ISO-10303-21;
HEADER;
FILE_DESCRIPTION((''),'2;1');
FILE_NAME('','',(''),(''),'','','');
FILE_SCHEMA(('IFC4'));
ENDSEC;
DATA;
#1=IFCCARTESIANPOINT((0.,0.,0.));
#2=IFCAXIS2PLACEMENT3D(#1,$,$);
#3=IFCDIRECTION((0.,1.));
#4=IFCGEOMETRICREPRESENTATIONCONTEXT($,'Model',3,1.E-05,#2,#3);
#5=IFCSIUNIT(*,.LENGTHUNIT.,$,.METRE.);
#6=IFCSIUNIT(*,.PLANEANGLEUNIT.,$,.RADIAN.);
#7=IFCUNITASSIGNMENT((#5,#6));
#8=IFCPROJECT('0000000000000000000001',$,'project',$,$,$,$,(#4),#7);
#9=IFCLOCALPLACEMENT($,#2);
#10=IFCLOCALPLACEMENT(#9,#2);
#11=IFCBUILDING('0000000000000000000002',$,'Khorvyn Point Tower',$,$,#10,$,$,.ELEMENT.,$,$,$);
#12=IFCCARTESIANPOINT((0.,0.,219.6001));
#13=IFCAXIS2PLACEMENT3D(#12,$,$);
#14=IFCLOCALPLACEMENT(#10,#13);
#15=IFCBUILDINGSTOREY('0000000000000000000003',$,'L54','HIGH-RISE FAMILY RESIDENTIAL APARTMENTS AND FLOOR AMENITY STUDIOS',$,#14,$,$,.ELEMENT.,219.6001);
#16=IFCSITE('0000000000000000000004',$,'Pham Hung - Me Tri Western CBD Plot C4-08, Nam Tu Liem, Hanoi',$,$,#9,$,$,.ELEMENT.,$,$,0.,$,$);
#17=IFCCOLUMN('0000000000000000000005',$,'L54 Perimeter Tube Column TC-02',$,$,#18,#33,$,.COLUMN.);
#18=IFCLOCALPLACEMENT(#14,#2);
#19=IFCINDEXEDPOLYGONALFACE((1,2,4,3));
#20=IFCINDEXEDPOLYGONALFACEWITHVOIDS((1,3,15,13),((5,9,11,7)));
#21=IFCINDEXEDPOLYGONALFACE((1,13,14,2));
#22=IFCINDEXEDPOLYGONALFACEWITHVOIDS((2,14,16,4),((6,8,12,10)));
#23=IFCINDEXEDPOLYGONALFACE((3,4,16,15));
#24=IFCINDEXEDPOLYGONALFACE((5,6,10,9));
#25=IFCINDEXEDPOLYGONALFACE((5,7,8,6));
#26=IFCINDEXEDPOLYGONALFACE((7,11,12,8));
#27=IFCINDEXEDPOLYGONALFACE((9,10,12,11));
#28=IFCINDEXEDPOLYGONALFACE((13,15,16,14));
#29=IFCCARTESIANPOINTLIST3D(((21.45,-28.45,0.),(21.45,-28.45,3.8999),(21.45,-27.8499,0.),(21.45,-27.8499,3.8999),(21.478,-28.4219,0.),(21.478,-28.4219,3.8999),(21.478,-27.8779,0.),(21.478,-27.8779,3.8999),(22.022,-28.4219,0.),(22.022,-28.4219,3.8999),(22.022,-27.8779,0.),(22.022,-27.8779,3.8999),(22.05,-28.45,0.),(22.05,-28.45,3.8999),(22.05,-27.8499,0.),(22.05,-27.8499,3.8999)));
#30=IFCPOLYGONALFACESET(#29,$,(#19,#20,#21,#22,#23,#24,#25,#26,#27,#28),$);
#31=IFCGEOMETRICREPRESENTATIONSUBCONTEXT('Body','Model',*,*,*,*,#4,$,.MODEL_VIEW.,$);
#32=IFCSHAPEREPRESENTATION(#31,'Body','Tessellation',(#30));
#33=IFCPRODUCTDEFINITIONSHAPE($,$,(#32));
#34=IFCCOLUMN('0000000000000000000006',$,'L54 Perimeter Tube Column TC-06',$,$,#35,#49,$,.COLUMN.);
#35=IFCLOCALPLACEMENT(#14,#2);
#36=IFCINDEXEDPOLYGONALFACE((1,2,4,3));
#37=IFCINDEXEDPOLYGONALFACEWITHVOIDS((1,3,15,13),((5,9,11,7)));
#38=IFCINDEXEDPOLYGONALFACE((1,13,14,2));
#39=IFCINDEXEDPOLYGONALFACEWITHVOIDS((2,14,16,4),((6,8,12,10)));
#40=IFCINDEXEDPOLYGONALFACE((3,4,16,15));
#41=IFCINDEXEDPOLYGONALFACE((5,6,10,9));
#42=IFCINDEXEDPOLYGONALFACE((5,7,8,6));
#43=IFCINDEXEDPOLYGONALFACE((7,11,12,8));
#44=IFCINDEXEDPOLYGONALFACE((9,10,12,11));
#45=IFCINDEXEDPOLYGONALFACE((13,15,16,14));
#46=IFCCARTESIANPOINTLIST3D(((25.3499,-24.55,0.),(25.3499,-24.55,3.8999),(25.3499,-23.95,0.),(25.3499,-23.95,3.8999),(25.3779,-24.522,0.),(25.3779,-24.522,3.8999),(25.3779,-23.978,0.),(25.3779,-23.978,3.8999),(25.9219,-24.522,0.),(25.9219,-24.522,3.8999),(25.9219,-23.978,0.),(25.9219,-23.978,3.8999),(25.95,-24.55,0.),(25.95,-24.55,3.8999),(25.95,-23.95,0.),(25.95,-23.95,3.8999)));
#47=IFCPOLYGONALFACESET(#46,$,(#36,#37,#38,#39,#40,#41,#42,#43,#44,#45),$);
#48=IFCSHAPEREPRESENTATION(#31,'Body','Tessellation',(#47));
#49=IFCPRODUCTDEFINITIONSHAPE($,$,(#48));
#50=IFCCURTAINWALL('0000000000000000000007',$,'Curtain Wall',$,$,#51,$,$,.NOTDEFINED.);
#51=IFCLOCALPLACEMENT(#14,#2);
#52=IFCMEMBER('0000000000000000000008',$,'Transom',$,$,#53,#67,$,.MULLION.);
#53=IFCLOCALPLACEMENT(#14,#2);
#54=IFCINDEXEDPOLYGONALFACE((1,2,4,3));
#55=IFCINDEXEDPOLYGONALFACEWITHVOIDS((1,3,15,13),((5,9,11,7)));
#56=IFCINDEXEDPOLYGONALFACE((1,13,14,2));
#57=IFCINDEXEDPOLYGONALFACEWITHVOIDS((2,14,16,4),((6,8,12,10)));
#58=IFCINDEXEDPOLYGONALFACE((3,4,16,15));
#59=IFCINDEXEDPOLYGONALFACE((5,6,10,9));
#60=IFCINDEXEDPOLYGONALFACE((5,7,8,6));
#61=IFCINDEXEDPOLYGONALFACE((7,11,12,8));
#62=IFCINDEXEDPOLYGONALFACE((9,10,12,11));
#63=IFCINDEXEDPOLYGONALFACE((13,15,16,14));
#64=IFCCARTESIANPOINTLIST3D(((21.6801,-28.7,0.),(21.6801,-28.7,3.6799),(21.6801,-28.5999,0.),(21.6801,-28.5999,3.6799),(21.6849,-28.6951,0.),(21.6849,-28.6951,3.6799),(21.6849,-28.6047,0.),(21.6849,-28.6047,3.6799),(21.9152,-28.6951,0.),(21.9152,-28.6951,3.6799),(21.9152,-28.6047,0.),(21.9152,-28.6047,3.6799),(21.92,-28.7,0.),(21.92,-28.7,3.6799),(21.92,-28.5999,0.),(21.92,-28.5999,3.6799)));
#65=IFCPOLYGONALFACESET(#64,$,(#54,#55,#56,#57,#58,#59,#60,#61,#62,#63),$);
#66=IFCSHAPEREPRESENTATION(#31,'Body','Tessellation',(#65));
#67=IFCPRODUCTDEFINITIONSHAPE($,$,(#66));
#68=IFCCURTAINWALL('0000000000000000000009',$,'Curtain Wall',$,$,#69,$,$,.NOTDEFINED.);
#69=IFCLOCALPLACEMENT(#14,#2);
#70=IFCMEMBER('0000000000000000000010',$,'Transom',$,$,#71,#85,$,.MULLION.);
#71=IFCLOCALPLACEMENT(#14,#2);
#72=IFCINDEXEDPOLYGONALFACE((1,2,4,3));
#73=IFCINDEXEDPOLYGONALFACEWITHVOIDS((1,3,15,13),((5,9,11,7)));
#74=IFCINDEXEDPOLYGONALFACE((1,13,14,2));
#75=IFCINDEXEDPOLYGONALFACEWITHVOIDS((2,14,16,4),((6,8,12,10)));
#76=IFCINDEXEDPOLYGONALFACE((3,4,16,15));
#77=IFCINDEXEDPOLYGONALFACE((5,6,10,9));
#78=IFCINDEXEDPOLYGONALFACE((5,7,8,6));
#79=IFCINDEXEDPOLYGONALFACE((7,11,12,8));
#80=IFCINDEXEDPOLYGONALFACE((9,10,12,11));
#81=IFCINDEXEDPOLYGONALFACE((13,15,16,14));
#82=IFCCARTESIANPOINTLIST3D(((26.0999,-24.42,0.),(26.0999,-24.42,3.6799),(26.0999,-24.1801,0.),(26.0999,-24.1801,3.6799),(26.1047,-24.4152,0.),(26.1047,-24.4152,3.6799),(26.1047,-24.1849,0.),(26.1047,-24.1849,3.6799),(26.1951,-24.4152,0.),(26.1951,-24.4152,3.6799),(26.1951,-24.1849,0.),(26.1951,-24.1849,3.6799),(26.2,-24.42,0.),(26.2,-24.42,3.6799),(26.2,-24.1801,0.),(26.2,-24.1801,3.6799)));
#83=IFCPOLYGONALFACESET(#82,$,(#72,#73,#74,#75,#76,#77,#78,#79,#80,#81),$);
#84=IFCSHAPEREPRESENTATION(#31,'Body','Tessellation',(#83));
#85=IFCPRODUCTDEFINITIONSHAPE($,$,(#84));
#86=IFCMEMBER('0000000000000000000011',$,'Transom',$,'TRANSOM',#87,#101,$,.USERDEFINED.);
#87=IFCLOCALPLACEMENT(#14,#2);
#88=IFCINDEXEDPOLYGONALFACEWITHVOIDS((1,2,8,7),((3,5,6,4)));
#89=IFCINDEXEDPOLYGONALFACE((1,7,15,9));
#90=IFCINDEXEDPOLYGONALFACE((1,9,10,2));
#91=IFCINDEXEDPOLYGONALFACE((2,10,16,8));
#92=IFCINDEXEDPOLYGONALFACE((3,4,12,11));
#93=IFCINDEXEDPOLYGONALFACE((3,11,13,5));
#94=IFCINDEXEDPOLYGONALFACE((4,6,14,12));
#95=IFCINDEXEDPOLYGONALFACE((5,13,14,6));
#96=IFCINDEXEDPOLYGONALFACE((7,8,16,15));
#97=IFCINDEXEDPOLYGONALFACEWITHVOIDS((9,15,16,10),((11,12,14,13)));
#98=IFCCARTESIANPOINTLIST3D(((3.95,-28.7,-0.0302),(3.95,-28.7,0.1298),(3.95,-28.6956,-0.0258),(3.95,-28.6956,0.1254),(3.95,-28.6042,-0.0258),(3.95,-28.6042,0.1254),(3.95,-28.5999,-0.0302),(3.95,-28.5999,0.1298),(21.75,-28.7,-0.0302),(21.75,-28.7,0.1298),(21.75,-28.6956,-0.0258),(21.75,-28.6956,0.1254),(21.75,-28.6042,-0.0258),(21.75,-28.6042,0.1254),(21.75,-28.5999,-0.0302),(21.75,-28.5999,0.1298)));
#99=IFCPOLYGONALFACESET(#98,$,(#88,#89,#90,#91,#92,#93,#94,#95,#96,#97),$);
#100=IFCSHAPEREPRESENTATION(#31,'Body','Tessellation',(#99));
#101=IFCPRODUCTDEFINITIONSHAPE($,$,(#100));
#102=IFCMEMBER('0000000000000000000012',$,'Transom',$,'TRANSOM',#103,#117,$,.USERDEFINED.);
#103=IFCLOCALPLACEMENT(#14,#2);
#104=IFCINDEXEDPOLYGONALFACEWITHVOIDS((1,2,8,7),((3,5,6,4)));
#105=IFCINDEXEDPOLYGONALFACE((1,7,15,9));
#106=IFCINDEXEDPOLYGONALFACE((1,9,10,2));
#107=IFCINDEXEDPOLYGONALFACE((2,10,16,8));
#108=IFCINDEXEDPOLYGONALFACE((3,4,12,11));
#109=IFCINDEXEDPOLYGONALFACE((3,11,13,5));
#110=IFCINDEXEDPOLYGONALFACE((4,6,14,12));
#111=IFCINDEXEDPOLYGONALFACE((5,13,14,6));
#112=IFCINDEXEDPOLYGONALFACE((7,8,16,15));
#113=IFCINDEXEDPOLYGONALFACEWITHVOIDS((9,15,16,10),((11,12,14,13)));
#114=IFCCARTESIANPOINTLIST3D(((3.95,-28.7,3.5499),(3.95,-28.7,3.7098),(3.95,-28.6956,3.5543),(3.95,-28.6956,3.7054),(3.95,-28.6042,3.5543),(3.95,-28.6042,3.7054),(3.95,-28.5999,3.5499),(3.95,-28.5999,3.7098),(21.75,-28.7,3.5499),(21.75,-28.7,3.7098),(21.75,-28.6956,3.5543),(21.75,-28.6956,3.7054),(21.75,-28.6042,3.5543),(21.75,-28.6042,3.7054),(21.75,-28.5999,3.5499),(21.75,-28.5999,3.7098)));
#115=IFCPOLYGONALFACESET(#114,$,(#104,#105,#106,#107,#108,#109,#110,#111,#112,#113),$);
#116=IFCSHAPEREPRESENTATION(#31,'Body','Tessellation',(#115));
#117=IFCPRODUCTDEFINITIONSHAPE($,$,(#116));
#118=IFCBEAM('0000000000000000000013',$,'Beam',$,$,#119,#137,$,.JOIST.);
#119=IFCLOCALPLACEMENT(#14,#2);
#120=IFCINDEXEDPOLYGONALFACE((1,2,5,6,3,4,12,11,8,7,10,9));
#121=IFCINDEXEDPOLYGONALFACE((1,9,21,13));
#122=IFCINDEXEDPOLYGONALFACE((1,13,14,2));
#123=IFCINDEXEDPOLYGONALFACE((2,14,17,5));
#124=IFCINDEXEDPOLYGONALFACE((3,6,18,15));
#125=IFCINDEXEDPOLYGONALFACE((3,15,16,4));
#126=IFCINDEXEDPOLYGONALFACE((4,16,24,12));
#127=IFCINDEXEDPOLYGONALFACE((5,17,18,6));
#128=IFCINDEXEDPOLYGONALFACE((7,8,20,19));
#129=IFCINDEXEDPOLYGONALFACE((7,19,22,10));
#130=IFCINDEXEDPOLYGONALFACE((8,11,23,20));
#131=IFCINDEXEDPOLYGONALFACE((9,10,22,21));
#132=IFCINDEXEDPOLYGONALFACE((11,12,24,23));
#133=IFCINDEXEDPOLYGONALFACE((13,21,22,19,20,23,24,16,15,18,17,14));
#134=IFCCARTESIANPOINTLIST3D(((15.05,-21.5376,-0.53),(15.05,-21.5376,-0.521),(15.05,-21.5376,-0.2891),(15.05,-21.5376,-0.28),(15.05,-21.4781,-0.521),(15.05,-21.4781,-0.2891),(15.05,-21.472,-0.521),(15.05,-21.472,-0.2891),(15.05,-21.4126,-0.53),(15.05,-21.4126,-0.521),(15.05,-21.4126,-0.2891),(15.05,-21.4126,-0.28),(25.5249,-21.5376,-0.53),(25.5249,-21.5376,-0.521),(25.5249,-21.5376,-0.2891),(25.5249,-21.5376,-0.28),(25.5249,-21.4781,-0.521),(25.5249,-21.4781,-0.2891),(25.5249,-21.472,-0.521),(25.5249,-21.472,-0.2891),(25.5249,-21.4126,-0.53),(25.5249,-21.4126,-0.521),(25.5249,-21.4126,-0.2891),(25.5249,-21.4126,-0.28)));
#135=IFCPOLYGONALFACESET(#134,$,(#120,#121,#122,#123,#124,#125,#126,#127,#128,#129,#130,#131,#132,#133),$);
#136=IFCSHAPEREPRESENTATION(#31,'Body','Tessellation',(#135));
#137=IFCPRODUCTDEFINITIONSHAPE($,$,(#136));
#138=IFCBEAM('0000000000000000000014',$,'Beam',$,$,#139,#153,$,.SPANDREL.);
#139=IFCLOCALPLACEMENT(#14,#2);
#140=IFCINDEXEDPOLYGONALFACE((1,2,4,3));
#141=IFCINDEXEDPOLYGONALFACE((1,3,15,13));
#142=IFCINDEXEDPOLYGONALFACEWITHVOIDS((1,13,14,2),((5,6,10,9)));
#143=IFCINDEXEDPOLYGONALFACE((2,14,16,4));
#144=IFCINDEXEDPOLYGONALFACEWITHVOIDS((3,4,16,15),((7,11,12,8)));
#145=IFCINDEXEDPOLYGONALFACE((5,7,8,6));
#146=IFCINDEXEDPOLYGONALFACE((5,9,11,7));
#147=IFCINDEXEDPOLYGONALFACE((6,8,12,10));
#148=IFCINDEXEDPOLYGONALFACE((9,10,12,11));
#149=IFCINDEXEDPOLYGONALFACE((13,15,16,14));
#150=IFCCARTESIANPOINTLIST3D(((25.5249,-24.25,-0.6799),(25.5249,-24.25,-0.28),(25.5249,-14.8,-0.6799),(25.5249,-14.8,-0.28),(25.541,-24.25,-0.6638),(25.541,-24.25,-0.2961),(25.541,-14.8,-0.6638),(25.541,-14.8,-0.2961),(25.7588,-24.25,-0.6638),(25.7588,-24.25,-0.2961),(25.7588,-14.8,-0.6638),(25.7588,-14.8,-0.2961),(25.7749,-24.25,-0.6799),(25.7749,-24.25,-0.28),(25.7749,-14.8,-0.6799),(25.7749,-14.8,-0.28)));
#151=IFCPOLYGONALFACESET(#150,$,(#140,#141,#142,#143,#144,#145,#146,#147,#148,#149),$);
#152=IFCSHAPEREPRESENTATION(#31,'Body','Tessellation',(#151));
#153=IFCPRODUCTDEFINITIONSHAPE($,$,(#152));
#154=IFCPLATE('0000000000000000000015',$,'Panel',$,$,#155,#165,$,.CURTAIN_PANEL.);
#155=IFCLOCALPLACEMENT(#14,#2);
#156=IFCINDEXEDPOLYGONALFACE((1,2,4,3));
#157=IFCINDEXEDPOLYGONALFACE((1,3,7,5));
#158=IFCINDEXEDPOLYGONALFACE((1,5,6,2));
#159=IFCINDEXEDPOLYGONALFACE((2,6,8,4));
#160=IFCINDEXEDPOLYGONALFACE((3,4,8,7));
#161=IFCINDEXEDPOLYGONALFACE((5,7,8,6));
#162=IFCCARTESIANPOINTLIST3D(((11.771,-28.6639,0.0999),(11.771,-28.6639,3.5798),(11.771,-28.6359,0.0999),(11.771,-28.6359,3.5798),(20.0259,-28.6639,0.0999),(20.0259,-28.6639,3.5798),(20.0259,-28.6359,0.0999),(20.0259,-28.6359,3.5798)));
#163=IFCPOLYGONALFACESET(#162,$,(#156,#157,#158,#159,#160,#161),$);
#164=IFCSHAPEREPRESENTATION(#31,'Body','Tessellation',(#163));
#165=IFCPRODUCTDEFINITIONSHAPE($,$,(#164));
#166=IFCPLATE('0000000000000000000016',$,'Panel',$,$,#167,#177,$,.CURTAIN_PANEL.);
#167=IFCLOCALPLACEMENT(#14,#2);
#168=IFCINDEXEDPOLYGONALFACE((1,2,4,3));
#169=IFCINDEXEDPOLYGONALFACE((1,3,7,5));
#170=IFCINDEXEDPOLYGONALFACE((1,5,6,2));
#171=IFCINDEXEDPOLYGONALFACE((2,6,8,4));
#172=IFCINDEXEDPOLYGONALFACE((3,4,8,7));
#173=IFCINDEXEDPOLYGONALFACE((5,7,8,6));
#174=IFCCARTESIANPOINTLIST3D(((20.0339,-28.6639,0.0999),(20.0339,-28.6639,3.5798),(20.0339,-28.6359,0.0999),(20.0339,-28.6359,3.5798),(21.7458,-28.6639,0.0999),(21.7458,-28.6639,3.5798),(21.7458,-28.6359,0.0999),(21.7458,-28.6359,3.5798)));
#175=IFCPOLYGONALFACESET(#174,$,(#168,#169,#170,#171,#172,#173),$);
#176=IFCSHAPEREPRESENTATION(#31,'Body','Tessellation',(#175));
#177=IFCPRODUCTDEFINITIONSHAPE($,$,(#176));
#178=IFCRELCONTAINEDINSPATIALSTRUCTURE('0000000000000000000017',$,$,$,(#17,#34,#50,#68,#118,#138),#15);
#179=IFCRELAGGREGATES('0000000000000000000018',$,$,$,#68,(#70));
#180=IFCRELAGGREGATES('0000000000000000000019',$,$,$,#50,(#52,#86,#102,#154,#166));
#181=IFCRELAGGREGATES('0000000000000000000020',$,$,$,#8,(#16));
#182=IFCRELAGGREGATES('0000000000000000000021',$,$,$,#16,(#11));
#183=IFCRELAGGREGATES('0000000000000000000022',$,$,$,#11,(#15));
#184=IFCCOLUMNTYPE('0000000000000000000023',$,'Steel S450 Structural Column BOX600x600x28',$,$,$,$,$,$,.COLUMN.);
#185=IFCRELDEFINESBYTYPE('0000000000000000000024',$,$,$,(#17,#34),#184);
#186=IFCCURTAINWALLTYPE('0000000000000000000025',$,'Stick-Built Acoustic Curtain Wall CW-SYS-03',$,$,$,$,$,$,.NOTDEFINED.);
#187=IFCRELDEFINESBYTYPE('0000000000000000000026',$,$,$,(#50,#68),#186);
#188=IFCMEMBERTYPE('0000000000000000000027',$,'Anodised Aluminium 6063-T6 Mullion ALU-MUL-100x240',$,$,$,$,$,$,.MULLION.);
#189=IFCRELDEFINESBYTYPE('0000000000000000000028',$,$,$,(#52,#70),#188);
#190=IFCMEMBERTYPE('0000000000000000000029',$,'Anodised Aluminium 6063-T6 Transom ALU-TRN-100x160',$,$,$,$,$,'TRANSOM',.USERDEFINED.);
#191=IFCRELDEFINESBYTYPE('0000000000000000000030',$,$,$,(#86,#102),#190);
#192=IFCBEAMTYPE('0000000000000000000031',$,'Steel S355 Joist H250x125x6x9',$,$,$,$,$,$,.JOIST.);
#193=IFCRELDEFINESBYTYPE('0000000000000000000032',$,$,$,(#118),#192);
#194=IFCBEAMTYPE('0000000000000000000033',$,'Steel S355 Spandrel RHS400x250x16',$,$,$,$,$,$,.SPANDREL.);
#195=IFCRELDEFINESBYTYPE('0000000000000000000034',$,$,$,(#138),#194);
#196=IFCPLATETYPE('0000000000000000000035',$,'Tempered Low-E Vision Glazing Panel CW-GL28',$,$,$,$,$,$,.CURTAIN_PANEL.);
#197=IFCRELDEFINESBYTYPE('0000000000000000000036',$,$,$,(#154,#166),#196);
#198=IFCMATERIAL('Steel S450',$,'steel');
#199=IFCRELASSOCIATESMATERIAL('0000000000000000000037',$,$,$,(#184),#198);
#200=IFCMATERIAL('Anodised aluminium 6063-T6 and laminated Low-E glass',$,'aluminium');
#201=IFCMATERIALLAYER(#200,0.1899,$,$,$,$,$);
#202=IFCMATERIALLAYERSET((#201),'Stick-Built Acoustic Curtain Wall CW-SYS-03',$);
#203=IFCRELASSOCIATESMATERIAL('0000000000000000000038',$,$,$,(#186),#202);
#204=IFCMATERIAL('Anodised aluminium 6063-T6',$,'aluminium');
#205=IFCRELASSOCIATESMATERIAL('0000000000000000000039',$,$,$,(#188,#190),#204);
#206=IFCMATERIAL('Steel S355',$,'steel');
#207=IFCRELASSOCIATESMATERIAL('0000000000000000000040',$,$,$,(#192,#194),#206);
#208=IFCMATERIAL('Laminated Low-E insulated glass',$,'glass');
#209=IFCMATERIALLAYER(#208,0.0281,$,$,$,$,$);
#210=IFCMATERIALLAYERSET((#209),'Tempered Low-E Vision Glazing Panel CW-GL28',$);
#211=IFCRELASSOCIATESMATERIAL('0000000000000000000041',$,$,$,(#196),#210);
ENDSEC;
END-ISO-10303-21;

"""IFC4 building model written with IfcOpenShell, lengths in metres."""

from ifc_helpers import new_model, si_unit, direction, frame, origin, origin_2d, place, context, subcontext, project, spatial, rectangle, hollow_rectangle, i_section, extrude, material, layer, layer_set, material_profile, profile_set, type_object, element, aggregate, save


model = new_model("IFC4")

# Units and contexts
model_context = context("Model", 3, precision=1e-05, world=origin(), true_north=direction((0.0, 1.0)))
body_context = subcontext(model_context, "Body", "Model", "MODEL_VIEW")
ifc_project = project(units=[si_unit("LENGTHUNIT", "METRE"), si_unit("PLANEANGLEUNIT", "RADIAN")], contexts=[model_context])

# Site, building, storey
site_placement = place(None, origin())
site = spatial("IfcSite", under=ifc_project, at=site_placement, Name="Pham Hung - Me Tri Western CBD Plot C4-08, Nam Tu Liem, Hanoi", CompositionType="ELEMENT", RefElevation=0.0)
building_placement = place(site_placement, origin())
building = spatial("IfcBuilding", under=site, at=building_placement, Name="Khorvyn Point Tower", CompositionType="ELEMENT")
storey_placement = place(building_placement, frame((0.0, 0.0, 219.6001)))
storey = spatial("IfcBuildingStorey", under=building, at=storey_placement, Name="L54", Description="HIGH-RISE FAMILY RESIDENTIAL APARTMENTS AND FLOOR AMENITY STUDIOS", CompositionType="ELEMENT", Elevation=219.6001)

# Columns
ifc_material_1 = material(Name="Steel S450", Category="steel")
ifc_material_profile_1 = material_profile(ifc_material_1, hollow_rectangle(XDim=0.6001, YDim=0.6001, WallThickness=0.0281, at=origin_2d()))
ifc_profile_set_1 = profile_set([ifc_material_profile_1], Name="Steel S450 BOX600x600x28")
column_type = type_object("IfcColumnType", Name="Steel S450 Structural Column BOX600x600x28", PredefinedType="COLUMN", material=ifc_profile_set_1)
for number, where, z_axis, x_axis, name in (
    (1, (21.75, -28.1499, 0.0), (0.0, 0.0, 1.0), (1.0, 0.0, 0.0), "L54 Perimeter Tube Column TC-02"),
    (2, (25.6499, -24.25, 0.0), (0.0, 0.0, 1.0), (1.0, 0.0, 0.0), "L54 Perimeter Tube Column TC-06"),
):
    element("IfcColumn", number, at=place(storey_placement, frame(where, z_axis=z_axis, x_axis=x_axis)), inside=storey, type_object=column_type, Name=name, PredefinedType="COLUMN", context=body_context, shape_type="SweptSolid", body=[
        extrude(hollow_rectangle(XDim=0.6001, YDim=0.6001, WallThickness=0.0281, at=origin_2d()), origin(), (0.0, 0.0, 1.0), 3.8999),
    ])

# Curtain walls, members
ifc_material_2 = material(Name="Anodised aluminium 6063-T6 and laminated Low-E glass", Category="aluminium")
ifc_layer_1 = layer(ifc_material_2, 0.1899)
ifc_layer_set_1 = layer_set([ifc_layer_1], Name="Stick-Built Acoustic Curtain Wall CW-SYS-03")
curtain_wall_type = type_object("IfcCurtainWallType", Name="Stick-Built Acoustic Curtain Wall CW-SYS-03", PredefinedType="NOTDEFINED", material=ifc_layer_set_1)
curtain_wall_1_placement = place(storey_placement, origin())
curtain_wall_1 = element("IfcCurtainWall", 3, at=curtain_wall_1_placement, inside=storey, type_object=curtain_wall_type, Name="Curtain Wall", PredefinedType="NOTDEFINED")
ifc_material_3 = material(Name="Anodised aluminium 6063-T6", Category="aluminium")
ifc_material_profile_2 = material_profile(ifc_material_3, hollow_rectangle(XDim=0.1001, YDim=0.24, WallThickness=0.0049, at=origin_2d()))
ifc_profile_set_2 = profile_set([ifc_material_profile_2], Name="Anodised aluminium 6063-T6 ALU-MUL-100x240")
member_type_1 = type_object("IfcMemberType", Name="Anodised Aluminium 6063-T6 Mullion ALU-MUL-100x240", PredefinedType="MULLION", material=ifc_profile_set_2)
member_1_placement = place(storey_placement, frame((21.8, -28.6499, 0.0), z_axis=(0.0, 0.0, 1.0), x_axis=(0.0, -1.0, 0.0)))
member_1 = element("IfcMember", 4, at=member_1_placement, type_object=member_type_1, Name="Transom", PredefinedType="MULLION", context=body_context, shape_type="SweptSolid", body=[
    extrude(hollow_rectangle(XDim=0.1001, YDim=0.24, WallThickness=0.0049, at=origin_2d()), origin(), (0.0, 0.0, 1.0), 3.6799),
])
curtain_wall_2_placement = place(storey_placement, origin())
curtain_wall_2 = element("IfcCurtainWall", 5, at=curtain_wall_2_placement, inside=storey, type_object=curtain_wall_type, Name="Curtain Wall", PredefinedType="NOTDEFINED")
member_2_placement = place(storey_placement, frame((26.1499, -24.3, 0.0), z_axis=(0.0, 0.0, 1.0), x_axis=(1.0, 0.0, 0.0)))
member_2 = element("IfcMember", 6, at=member_2_placement, type_object=member_type_1, Name="Transom", PredefinedType="MULLION", context=body_context, shape_type="SweptSolid", body=[
    extrude(hollow_rectangle(XDim=0.1001, YDim=0.24, WallThickness=0.0049, at=origin_2d()), origin(), (0.0, 0.0, 1.0), 3.6799),
])
aggregate(curtain_wall_2, [member_2])

# Members
ifc_material_profile_3 = material_profile(ifc_material_3, hollow_rectangle(XDim=0.1001, YDim=0.1599, WallThickness=0.0044, at=origin_2d()))
ifc_profile_set_3 = profile_set([ifc_material_profile_3], Name="Anodised aluminium 6063-T6 ALU-TRN-100x160")
member_type_2 = type_object("IfcMemberType", Name="Anodised Aluminium 6063-T6 Transom ALU-TRN-100x160", ElementType="TRANSOM", PredefinedType="USERDEFINED", material=ifc_profile_set_3)
member_3_placement = place(storey_placement, frame((21.75, -28.6499, 0.0498), z_axis=(-1.0, 0.0, 0.0), x_axis=(0.0, -1.0, 0.0)))
member_3 = element("IfcMember", 7, at=member_3_placement, type_object=member_type_2, Name="Transom", ObjectType="TRANSOM", PredefinedType="USERDEFINED", context=body_context, shape_type="SweptSolid", body=[
    extrude(hollow_rectangle(XDim=0.1001, YDim=0.1599, WallThickness=0.0044, at=origin_2d()), origin(), (0.0, 0.0, 1.0), 17.8),
])
member_4_placement = place(storey_placement, frame((21.75, -28.6499, 3.6299), z_axis=(-1.0, 0.0, 0.0), x_axis=(0.0, -1.0, 0.0)))
member_4 = element("IfcMember", 8, at=member_4_placement, type_object=member_type_2, Name="Transom", ObjectType="TRANSOM", PredefinedType="USERDEFINED", context=body_context, shape_type="SweptSolid", body=[
    extrude(hollow_rectangle(XDim=0.1001, YDim=0.1599, WallThickness=0.0044, at=origin_2d()), origin(), (0.0, 0.0, 1.0), 17.8),
])

# Beams
ifc_material_4 = material(Name="Steel S355", Category="steel")
ifc_material_profile_4 = material_profile(ifc_material_4, i_section(OverallWidth=0.125, OverallDepth=0.25, WebThickness=0.0061, FlangeThickness=0.009, at=origin_2d()))
ifc_profile_set_4 = profile_set([ifc_material_profile_4], Name="Steel S355 H250x125x6x9")
beam_type_1 = type_object("IfcBeamType", Name="Steel S355 Joist H250x125x6x9", PredefinedType="JOIST", material=ifc_profile_set_4)
beam_1_placement = place(storey_placement, frame((15.05, -21.4751, -0.405), z_axis=(1.0, 0.0, 0.0), x_axis=(0.0, 1.0, 0.0)))
element("IfcBeam", 9, at=beam_1_placement, inside=storey, type_object=beam_type_1, Name="Beam", PredefinedType="JOIST", context=body_context, shape_type="SweptSolid", body=[
    extrude(i_section(OverallWidth=0.125, OverallDepth=0.25, WebThickness=0.0061, FlangeThickness=0.009, at=origin_2d()), origin(), (0.0, 0.0, 1.0), 10.4749),
])
ifc_material_profile_5 = material_profile(ifc_material_4, hollow_rectangle(XDim=0.25, YDim=0.3999, WallThickness=0.0161, at=origin_2d()))
ifc_profile_set_5 = profile_set([ifc_material_profile_5], Name="Steel S355 RHS400x250x16")
beam_type_2 = type_object("IfcBeamType", Name="Steel S355 Spandrel RHS400x250x16", PredefinedType="SPANDREL", material=ifc_profile_set_5)
beam_2_placement = place(storey_placement, frame((25.6499, -24.25, -0.48), z_axis=(0.0, 1.0, 0.0), x_axis=(-1.0, 0.0, 0.0)))
element("IfcBeam", 10, at=beam_2_placement, inside=storey, type_object=beam_type_2, Name="Beam", PredefinedType="SPANDREL", context=body_context, shape_type="SweptSolid", body=[
    extrude(hollow_rectangle(XDim=0.25, YDim=0.3999, WallThickness=0.0161, at=origin_2d()), origin(), (0.0, 0.0, 1.0), 9.45),
])

# Plates
ifc_material_5 = material(Name="Laminated Low-E insulated glass", Category="glass")
ifc_layer_2 = layer(ifc_material_5, 0.0281)
ifc_layer_set_2 = layer_set([ifc_layer_2], Name="Tempered Low-E Vision Glazing Panel CW-GL28")
plate_type = type_object("IfcPlateType", Name="Tempered Low-E Vision Glazing Panel CW-GL28", PredefinedType="CURTAIN_PANEL", material=ifc_layer_set_2)
plate_1_placement = place(storey_placement, frame((15.8984, -28.6499, 0.0999), z_axis=(0.0, 0.0, 1.0), x_axis=(-1.0, 0.0, 0.0)))
plate_1 = element("IfcPlate", 11, at=plate_1_placement, type_object=plate_type, Name="Panel", PredefinedType="CURTAIN_PANEL", context=body_context, shape_type="SweptSolid", body=[
    extrude(rectangle(XDim=8.2549, YDim=0.0281, at=origin_2d()), origin(), (0.0, 0.0, 1.0), 3.48),
])
plate_2_placement = place(storey_placement, frame((20.8899, -28.6499, 0.0999), z_axis=(0.0, 0.0, 1.0), x_axis=(-1.0, 0.0, 0.0)))
plate_2 = element("IfcPlate", 12, at=plate_2_placement, type_object=plate_type, Name="Panel", PredefinedType="CURTAIN_PANEL", context=body_context, shape_type="SweptSolid", body=[
    extrude(rectangle(XDim=1.7119, YDim=0.0281, at=origin_2d()), origin(), (0.0, 0.0, 1.0), 3.48),
])
aggregate(curtain_wall_1, [member_1, member_3, member_4, plate_1, plate_2])

save(model, "model.ifc")
